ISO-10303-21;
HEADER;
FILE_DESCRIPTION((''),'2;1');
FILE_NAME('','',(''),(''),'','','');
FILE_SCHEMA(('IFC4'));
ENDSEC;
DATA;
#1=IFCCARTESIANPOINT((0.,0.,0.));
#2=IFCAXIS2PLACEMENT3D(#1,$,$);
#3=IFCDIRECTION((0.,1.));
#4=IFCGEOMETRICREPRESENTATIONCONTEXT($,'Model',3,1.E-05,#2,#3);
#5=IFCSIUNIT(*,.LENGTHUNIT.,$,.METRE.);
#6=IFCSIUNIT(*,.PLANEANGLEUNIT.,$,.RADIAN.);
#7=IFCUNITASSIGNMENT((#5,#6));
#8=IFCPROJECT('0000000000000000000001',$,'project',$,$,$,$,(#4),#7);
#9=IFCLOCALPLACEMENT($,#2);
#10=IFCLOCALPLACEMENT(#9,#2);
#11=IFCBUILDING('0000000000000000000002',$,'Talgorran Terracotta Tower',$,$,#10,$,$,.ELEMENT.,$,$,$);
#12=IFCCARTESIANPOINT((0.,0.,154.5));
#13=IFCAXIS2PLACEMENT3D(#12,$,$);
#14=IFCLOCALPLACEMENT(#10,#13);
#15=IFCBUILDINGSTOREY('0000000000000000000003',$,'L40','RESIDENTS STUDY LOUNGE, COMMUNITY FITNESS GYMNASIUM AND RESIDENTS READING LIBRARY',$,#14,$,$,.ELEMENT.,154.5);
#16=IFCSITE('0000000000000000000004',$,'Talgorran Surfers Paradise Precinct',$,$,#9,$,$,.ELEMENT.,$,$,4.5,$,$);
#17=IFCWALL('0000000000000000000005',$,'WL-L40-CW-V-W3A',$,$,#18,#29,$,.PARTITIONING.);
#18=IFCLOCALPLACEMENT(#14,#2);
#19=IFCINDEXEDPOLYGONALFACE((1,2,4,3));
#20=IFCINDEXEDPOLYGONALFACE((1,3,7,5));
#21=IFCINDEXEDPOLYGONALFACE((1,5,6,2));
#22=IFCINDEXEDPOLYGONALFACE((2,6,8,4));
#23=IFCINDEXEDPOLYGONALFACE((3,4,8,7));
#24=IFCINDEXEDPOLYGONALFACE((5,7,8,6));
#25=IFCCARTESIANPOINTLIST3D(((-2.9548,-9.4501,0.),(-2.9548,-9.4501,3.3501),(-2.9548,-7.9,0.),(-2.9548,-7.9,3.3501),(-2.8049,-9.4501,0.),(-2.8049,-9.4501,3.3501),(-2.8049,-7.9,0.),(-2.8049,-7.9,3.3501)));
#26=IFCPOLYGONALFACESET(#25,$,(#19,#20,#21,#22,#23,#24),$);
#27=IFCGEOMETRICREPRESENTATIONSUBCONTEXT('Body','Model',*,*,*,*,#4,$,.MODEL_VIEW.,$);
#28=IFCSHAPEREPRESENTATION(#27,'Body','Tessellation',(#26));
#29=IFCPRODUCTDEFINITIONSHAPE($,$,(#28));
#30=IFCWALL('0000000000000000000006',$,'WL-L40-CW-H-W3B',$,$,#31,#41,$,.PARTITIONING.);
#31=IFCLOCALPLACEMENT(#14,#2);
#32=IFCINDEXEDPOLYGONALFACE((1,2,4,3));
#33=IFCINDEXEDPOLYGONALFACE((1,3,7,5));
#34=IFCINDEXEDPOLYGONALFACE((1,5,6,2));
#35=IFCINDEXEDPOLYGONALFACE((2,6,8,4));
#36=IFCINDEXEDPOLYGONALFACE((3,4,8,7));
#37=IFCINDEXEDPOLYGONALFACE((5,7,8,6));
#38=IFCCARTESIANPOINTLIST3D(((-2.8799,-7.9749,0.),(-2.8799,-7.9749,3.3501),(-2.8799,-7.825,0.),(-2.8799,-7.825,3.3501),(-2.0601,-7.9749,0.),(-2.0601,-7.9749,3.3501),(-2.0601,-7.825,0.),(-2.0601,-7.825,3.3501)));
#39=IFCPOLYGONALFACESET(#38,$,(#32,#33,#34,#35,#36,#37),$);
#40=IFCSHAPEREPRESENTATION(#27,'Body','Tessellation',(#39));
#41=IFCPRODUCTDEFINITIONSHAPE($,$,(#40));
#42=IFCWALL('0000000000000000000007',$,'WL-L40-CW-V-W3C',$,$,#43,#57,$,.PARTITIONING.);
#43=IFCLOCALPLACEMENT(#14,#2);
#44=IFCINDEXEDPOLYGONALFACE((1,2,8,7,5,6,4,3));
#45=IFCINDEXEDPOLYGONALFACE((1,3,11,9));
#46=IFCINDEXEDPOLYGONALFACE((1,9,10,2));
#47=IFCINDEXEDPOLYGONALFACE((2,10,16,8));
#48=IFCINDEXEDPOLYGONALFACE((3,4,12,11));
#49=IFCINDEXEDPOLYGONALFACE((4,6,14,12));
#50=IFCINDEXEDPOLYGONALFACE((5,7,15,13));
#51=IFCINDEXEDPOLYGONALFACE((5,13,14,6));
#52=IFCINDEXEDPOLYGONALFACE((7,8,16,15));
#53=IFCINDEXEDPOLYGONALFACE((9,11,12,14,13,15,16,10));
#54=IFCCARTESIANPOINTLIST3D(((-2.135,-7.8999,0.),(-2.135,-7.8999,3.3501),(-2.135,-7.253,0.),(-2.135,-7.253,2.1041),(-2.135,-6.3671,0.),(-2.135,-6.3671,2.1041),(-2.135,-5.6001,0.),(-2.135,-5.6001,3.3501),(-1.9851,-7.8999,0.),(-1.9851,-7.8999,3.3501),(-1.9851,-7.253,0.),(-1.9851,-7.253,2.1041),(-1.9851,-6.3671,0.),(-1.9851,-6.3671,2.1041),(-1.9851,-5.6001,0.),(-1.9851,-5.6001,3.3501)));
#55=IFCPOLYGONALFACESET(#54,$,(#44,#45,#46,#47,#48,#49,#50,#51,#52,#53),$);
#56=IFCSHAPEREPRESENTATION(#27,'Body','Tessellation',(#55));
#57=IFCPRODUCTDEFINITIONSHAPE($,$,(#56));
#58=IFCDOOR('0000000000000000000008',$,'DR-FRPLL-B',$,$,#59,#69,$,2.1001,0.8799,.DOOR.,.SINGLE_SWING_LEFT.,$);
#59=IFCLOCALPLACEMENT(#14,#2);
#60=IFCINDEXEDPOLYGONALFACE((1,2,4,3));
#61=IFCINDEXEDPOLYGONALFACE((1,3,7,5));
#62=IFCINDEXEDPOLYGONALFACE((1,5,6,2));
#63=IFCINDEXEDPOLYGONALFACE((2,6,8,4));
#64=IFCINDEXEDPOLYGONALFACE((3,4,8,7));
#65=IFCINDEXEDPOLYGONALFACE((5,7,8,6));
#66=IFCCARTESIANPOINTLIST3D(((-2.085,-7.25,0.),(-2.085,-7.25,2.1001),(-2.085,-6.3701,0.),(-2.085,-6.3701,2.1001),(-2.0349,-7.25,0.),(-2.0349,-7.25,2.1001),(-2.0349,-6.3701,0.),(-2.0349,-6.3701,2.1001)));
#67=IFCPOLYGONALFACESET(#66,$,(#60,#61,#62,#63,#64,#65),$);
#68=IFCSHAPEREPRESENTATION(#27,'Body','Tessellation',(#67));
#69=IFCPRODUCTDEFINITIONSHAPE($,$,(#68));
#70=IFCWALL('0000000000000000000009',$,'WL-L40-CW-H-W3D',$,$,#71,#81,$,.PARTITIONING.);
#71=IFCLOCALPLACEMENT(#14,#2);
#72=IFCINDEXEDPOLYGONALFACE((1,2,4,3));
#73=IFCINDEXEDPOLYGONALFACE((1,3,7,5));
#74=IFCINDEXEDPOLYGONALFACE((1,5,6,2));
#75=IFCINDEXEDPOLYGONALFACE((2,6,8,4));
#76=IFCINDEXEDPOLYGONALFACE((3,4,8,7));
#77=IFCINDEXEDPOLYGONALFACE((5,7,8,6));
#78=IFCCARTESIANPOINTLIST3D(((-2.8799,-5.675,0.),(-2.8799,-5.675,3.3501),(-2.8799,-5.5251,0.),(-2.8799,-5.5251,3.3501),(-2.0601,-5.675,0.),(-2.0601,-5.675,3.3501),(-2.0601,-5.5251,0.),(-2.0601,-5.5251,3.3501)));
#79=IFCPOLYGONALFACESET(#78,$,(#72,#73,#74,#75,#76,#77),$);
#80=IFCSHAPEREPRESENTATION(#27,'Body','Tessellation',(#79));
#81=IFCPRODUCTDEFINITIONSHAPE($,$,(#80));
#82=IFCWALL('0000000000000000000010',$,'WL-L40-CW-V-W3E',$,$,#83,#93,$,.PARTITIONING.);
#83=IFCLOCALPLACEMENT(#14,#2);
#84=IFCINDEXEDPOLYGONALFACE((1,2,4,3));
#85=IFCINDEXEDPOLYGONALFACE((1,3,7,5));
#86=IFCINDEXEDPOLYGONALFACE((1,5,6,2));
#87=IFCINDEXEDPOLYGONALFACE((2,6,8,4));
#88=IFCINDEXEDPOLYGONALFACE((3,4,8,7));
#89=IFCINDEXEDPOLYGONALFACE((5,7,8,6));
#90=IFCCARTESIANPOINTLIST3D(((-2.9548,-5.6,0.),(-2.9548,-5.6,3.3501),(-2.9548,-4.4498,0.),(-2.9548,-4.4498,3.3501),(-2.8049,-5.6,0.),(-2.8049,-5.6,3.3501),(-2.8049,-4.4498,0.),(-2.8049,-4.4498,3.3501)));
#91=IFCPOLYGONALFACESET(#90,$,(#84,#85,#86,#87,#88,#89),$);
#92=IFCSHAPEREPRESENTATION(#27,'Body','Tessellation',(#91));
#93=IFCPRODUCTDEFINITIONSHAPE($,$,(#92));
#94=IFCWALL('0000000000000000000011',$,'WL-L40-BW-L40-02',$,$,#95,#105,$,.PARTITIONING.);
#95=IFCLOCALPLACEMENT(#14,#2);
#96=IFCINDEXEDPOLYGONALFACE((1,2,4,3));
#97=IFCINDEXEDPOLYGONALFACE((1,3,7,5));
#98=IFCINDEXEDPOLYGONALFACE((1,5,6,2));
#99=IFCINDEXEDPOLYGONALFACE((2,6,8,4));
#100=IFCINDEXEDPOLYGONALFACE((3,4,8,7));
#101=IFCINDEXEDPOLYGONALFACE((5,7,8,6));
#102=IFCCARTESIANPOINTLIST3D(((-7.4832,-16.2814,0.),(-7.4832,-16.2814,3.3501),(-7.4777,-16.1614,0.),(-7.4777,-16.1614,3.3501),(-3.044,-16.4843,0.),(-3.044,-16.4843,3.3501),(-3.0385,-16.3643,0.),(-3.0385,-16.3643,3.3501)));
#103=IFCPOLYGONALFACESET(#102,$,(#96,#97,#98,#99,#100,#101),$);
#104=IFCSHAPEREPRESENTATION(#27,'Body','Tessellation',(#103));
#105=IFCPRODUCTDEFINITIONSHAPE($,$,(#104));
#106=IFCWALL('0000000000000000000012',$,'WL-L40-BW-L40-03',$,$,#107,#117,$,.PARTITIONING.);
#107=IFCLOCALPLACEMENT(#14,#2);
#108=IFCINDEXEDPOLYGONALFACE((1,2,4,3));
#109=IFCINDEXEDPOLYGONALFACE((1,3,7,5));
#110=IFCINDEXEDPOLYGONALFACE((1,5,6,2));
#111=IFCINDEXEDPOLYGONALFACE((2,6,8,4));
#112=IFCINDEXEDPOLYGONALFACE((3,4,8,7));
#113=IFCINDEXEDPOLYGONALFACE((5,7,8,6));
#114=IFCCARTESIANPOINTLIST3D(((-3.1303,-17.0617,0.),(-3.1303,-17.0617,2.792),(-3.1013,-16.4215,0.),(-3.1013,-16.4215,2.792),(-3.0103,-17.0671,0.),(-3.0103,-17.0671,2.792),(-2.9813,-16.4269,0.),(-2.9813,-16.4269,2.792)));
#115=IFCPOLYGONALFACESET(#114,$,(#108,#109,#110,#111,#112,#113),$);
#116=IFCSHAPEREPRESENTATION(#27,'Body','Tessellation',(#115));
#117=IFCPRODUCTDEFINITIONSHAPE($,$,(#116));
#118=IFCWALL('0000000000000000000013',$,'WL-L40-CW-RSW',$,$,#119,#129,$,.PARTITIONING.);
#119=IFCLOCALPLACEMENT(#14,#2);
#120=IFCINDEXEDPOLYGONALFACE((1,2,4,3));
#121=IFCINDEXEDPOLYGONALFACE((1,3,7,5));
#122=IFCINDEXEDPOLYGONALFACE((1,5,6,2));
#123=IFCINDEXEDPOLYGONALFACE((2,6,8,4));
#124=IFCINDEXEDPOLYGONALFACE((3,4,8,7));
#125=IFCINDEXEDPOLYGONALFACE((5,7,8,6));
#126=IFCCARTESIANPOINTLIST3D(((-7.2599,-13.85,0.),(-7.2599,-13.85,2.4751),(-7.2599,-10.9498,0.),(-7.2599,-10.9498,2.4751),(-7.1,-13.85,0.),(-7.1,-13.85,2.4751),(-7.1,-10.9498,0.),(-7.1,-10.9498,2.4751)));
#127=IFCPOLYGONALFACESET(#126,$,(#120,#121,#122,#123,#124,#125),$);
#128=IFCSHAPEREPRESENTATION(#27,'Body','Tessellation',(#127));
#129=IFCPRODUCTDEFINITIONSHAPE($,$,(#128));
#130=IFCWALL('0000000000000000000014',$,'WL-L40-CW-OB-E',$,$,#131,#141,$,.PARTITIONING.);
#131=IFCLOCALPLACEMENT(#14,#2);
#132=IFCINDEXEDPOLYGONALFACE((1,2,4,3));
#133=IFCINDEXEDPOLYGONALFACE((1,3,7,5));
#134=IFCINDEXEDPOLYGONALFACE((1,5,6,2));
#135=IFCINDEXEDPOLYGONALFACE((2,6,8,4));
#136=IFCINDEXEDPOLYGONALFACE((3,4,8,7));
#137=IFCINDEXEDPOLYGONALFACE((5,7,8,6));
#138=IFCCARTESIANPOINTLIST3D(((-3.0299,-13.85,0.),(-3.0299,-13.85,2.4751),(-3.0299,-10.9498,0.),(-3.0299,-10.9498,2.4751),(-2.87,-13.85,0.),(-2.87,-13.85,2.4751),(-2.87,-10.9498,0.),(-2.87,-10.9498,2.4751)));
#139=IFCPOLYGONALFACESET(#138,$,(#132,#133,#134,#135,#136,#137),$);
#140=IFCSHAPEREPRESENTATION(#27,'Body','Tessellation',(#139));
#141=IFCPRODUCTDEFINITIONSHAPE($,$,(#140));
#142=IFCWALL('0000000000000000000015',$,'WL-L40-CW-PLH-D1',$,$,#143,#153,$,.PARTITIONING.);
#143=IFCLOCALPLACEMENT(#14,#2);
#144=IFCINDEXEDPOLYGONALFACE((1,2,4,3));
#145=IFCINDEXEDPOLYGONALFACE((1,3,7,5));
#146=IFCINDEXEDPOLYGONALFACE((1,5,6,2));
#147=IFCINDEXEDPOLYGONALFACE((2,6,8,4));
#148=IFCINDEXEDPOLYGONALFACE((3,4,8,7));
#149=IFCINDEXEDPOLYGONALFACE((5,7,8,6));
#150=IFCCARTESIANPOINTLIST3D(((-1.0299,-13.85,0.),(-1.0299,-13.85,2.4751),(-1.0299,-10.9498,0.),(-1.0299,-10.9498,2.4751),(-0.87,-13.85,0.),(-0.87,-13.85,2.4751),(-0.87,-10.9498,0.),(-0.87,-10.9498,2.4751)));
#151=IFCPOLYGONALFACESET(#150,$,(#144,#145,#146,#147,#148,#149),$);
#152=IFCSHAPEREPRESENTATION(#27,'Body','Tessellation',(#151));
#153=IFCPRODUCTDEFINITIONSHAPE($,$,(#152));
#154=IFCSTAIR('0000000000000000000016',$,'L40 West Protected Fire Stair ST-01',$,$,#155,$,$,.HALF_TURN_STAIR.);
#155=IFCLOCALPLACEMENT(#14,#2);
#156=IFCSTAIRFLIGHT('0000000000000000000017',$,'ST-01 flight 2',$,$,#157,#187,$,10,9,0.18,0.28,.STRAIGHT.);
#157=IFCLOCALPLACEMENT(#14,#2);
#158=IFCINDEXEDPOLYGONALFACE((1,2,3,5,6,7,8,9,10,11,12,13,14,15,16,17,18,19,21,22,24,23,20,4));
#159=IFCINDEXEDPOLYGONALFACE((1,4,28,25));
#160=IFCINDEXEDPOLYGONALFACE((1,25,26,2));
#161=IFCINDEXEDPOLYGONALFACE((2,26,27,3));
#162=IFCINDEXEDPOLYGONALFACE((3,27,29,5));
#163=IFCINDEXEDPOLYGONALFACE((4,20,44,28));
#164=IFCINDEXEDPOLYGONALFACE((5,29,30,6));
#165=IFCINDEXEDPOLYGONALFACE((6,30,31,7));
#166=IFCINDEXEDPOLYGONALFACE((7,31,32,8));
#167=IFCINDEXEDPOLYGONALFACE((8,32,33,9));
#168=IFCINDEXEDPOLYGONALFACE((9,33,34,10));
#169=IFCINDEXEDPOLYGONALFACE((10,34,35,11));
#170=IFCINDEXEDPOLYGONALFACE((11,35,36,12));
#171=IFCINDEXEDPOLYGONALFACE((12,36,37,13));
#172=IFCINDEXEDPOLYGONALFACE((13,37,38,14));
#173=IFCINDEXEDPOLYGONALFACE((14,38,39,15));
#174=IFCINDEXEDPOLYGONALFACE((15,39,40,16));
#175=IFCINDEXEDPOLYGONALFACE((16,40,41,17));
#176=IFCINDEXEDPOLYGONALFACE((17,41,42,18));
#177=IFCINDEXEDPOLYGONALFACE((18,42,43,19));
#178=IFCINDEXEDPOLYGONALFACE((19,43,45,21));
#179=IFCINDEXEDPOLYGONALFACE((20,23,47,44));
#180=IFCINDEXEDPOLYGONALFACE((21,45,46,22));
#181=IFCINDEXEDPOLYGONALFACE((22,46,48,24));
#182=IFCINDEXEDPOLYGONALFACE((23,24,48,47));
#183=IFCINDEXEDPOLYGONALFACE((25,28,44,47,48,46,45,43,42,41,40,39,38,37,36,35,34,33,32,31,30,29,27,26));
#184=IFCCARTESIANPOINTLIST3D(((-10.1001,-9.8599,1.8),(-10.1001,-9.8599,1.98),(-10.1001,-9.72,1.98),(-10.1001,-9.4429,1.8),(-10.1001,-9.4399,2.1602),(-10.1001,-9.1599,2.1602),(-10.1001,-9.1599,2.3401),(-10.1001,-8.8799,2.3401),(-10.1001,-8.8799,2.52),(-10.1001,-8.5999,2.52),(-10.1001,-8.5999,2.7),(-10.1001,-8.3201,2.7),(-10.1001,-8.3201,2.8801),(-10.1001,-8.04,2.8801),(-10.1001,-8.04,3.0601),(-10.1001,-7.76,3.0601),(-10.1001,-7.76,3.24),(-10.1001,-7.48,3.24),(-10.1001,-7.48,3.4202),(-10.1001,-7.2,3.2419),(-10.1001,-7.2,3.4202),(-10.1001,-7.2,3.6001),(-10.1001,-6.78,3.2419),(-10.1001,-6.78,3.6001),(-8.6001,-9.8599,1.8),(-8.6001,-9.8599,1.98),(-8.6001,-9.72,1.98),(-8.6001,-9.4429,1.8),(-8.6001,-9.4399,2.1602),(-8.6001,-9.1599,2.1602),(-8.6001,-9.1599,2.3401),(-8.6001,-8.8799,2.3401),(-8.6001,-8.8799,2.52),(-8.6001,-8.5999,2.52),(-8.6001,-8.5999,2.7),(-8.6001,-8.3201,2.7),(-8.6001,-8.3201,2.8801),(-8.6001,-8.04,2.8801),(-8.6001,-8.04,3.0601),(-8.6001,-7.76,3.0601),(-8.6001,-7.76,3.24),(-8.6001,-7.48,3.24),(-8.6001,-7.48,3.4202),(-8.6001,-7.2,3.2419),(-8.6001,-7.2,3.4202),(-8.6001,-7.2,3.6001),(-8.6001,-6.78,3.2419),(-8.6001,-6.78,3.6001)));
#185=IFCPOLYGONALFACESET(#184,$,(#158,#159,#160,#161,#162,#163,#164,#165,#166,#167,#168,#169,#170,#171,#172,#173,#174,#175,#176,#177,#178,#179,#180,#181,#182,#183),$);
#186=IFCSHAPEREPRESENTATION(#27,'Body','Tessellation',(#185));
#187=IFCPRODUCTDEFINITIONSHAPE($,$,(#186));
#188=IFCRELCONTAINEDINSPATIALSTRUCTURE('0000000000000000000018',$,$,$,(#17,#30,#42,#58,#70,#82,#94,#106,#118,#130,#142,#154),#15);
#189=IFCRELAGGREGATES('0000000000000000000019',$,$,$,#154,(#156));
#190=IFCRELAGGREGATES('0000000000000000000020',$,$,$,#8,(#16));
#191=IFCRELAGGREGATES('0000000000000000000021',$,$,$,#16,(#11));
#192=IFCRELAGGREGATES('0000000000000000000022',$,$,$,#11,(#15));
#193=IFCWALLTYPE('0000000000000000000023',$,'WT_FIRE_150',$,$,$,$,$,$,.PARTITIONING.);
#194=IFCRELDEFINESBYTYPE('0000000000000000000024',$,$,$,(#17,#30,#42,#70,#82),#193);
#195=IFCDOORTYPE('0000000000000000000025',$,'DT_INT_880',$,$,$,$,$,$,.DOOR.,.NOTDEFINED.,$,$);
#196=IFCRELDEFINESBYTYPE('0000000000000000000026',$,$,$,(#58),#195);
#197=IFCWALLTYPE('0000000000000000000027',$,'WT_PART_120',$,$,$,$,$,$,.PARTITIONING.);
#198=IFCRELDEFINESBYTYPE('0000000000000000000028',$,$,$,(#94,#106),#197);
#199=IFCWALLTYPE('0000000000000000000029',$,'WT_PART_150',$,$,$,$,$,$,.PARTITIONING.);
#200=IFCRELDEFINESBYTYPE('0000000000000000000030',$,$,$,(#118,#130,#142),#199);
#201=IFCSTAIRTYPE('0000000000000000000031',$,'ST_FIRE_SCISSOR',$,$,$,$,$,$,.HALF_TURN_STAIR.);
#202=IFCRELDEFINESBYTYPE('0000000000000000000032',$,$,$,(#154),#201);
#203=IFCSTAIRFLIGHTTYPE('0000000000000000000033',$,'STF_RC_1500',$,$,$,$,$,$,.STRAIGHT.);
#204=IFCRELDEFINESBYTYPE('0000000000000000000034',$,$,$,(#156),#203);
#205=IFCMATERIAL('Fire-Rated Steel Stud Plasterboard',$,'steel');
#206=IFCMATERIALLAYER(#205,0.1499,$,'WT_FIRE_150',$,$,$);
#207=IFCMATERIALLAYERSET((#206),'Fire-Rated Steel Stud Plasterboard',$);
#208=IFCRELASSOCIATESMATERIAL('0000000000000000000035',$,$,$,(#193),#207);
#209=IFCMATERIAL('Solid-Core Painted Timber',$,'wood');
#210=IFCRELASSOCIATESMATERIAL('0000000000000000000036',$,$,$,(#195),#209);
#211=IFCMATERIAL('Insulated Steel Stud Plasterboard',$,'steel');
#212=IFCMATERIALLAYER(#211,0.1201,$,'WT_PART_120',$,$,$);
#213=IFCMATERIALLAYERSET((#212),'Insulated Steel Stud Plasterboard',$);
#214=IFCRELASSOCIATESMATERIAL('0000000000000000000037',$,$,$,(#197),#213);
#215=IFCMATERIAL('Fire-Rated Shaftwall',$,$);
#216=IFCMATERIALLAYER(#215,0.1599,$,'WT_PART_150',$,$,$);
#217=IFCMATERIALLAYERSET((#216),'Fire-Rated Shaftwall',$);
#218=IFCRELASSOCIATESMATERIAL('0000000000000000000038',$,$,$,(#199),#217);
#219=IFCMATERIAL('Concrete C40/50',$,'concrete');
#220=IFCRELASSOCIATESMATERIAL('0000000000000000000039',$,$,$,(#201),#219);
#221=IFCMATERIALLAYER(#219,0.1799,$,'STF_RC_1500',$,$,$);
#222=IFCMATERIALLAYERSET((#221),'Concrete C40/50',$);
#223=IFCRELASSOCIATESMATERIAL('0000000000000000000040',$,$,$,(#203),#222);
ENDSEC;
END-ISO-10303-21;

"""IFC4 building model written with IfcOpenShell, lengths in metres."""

from ifc_helpers import new_model, si_unit, direction, frame, frame_2d, origin, place, context, subcontext, project, spatial, polyline, rectangle, outline, extrude, material, layer, layer_set, type_object, element, fill, aggregate, save


model = new_model("IFC4")

# Units and contexts
model_context = context("Model", 3, precision=1e-05, world=origin(), true_north=direction((0.0, 1.0)))
body_context = subcontext(model_context, "Body", "Model", "MODEL_VIEW")
ifc_project = project(units=[si_unit("LENGTHUNIT", "METRE"), si_unit("PLANEANGLEUNIT", "RADIAN")], contexts=[model_context])

# Site, building, storey
site_placement = place(None, origin())
site = spatial("IfcSite", under=ifc_project, at=site_placement, Name="Talgorran Surfers Paradise Precinct", CompositionType="ELEMENT", RefElevation=4.5)
building_placement = place(site_placement, origin())
building = spatial("IfcBuilding", under=site, at=building_placement, Name="Talgorran Terracotta Tower", CompositionType="ELEMENT")
storey_placement = place(building_placement, frame((0.0, 0.0, 154.5)))
storey = spatial("IfcBuildingStorey", under=building, at=storey_placement, Name="L40", Description="RESIDENTS STUDY LOUNGE, COMMUNITY FITNESS GYMNASIUM AND RESIDENTS READING LIBRARY", CompositionType="ELEMENT", Elevation=154.5)

# Walls
ifc_material_1 = material(Name="Fire-Rated Steel Stud Plasterboard", Category="steel")
ifc_layer_1 = layer(ifc_material_1, 0.1499, Name="WT_FIRE_150")
ifc_layer_set_1 = layer_set([ifc_layer_1], Name="Fire-Rated Steel Stud Plasterboard")
wall_type_1 = type_object("IfcWallType", Name="WT_FIRE_150", PredefinedType="PARTITIONING", material=ifc_layer_set_1)
wall_1_placement = place(storey_placement, frame((-2.8799, -9.45, 0.0), z_axis=(0.0, 0.0, 1.0), x_axis=(0.0, 1.0, 0.0)))
element("IfcWall", 1, at=wall_1_placement, inside=storey, type_object=wall_type_1, Name="WL-L40-CW-V-W3A", PredefinedType="PARTITIONING", context=body_context, shape_type="SweptSolid", body=[
    extrude(rectangle(XDim=1.55, YDim=0.1499, at=frame_2d((0.7749, 0.0))), origin(), (0.0, 0.0, 1.0), 3.3501),
])
wall_2_placement = place(storey_placement, frame((-2.8799, -7.8999, 0.0), z_axis=(0.0, 0.0, 1.0), x_axis=(1.0, 0.0, 0.0)))
element("IfcWall", 2, at=wall_2_placement, inside=storey, type_object=wall_type_1, Name="WL-L40-CW-H-W3B", PredefinedType="PARTITIONING", context=body_context, shape_type="SweptSolid", body=[
    extrude(rectangle(XDim=0.8198, YDim=0.1499, at=frame_2d((0.4099, 0.0))), origin(), (0.0, 0.0, 1.0), 3.3501),
])

# Wall, opening, door
wall_3_placement = place(storey_placement, frame((-2.0601, -7.8999, 0.0), z_axis=(0.0, 0.0, 1.0), x_axis=(0.0, 1.0, 0.0)))
wall_3 = element("IfcWall", 3, at=wall_3_placement, inside=storey, type_object=wall_type_1, Name="WL-L40-CW-V-W3C", PredefinedType="PARTITIONING", context=body_context, shape_type="SweptSolid", body=[
    extrude(rectangle(XDim=2.2998, YDim=0.1499, at=frame_2d((1.1499, 0.0))), origin(), (0.0, 0.0, 1.0), 3.3501),
])
opening_1_placement = place(wall_3_placement, frame((0.6499, 0.0, 0.0)))
opening_1 = element("IfcOpeningElement", 4, at=opening_1_placement, cuts=wall_3, PredefinedType="OPENING", context=body_context, shape_type="SweptSolid", body=[
    extrude(rectangle(XDim=0.8859, YDim=2.1041, at=frame_2d((0.4399, 1.052))), frame((0.0, 0.085, 0.0), z_axis=(0.0, -1.0, 0.0), x_axis=(1.0, 0.0, 0.0)), (0.0, 0.0, 1.0), 0.1699),
])
ifc_material_2 = material(Name="Solid-Core Painted Timber", Category="wood")
door_type_1 = type_object("IfcDoorType", Name="DT_INT_880", OperationType="NOTDEFINED", PredefinedType="DOOR", material=ifc_material_2)
door_1_placement = place(opening_1_placement, origin())
door_1 = element("IfcDoor", 5, at=door_1_placement, inside=storey, type_object=door_type_1, Name="DR-FRPLL-B", OperationType="SINGLE_SWING_LEFT", OverallHeight=2.1001, OverallWidth=0.8799, PredefinedType="DOOR", context=body_context, shape_type="SweptSolid", body=[
    extrude(rectangle(XDim=0.8799, YDim=2.1001, at=frame_2d((0.4399, 1.05))), frame((0.0, 0.0249, 0.0), z_axis=(0.0, -1.0, 0.0), x_axis=(1.0, 0.0, 0.0)), (0.0, 0.0, 1.0), 0.05),
])
fill(opening_1, door_1)

# Walls
wall_4_placement = place(storey_placement, frame((-2.8799, -5.6001, 0.0), z_axis=(0.0, 0.0, 1.0), x_axis=(1.0, 0.0, 0.0)))
element("IfcWall", 6, at=wall_4_placement, inside=storey, type_object=wall_type_1, Name="WL-L40-CW-H-W3D", PredefinedType="PARTITIONING", context=body_context, shape_type="SweptSolid", body=[
    extrude(rectangle(XDim=0.8198, YDim=0.1499, at=frame_2d((0.4099, 0.0))), origin(), (0.0, 0.0, 1.0), 3.3501),
])
wall_5_placement = place(storey_placement, frame((-2.8799, -5.6001, 0.0), z_axis=(0.0, 0.0, 1.0), x_axis=(0.0, 1.0, 0.0)))
element("IfcWall", 7, at=wall_5_placement, inside=storey, type_object=wall_type_1, Name="WL-L40-CW-V-W3E", PredefinedType="PARTITIONING", context=body_context, shape_type="SweptSolid", body=[
    extrude(rectangle(XDim=1.1501, YDim=0.1499, at=frame_2d((0.5752, 0.0))), origin(), (0.0, 0.0, 1.0), 3.3501),
])
ifc_material_3 = material(Name="Insulated Steel Stud Plasterboard", Category="steel")
ifc_layer_2 = layer(ifc_material_3, 0.1201, Name="WT_PART_120")
ifc_layer_set_2 = layer_set([ifc_layer_2], Name="Insulated Steel Stud Plasterboard")
wall_type_2 = type_object("IfcWallType", Name="WT_PART_120", PredefinedType="PARTITIONING", material=ifc_layer_set_2)
wall_6_placement = place(storey_placement, frame((-7.4805, -16.2214, 0.0), z_axis=(0.0, 0.0, 1.0), x_axis=(0.998957, -0.045654, 0.0)))
element("IfcWall", 8, at=wall_6_placement, inside=storey, type_object=wall_type_2, Name="WL-L40-BW-L40-02", PredefinedType="PARTITIONING", context=body_context, shape_type="SweptSolid", body=[
    extrude(rectangle(XDim=4.4438, YDim=0.1201, at=frame_2d((2.2219, 0.0))), origin(), (0.0, 0.0, 1.0), 3.3501),
])
wall_7_placement = place(storey_placement, frame((-3.0413, -16.4243, 0.0), z_axis=(0.0, 0.0, 1.0), x_axis=(-0.045339, -0.998972, 0.0)))
element("IfcWall", 9, at=wall_7_placement, inside=storey, type_object=wall_type_2, Name="WL-L40-BW-L40-03", PredefinedType="PARTITIONING", context=body_context, shape_type="SweptSolid", body=[
    extrude(rectangle(XDim=0.6409, YDim=0.1201, at=frame_2d((0.3203, 0.0))), origin(), (0.0, 0.0, 1.0), 2.792),
])
ifc_material_4 = material(Name="Fire-Rated Shaftwall")
ifc_layer_3 = layer(ifc_material_4, 0.1599, Name="WT_PART_150")
ifc_layer_set_3 = layer_set([ifc_layer_3], Name="Fire-Rated Shaftwall")
wall_type_3 = type_object("IfcWallType", Name="WT_PART_150", PredefinedType="PARTITIONING", material=ifc_layer_set_3)
for number, where, z_axis, x_axis, name in (
    (10, (-7.1799, -13.8501, 0.0), (0.0, 0.0, 1.0), (0.0, 1.0, 0.0), "WL-L40-CW-RSW"),
    (11, (-2.95, -13.8501, 0.0), (0.0, 0.0, 1.0), (0.0, 1.0, 0.0), "WL-L40-CW-OB-E"),
    (12, (-0.95, -13.8501, 0.0), (0.0, 0.0, 1.0), (0.0, 1.0, 0.0), "WL-L40-CW-PLH-D1"),
):
    element("IfcWall", number, at=place(storey_placement, frame(where, z_axis=z_axis, x_axis=x_axis)), inside=storey, type_object=wall_type_3, Name=name, PredefinedType="PARTITIONING", context=body_context, shape_type="SweptSolid", body=[
        extrude(rectangle(XDim=2.9001, YDim=0.1599, at=frame_2d((1.4502, 0.0))), origin(), (0.0, 0.0, 1.0), 2.4751),
    ])

# Stair, stair flight
ifc_material_5 = material(Name="Concrete C40/50", Category="concrete")
stair_type = type_object("IfcStairType", Name="ST_FIRE_SCISSOR", PredefinedType="HALF_TURN_STAIR", material=ifc_material_5)
stair_placement = place(storey_placement, origin())
stair = element("IfcStair", 13, at=stair_placement, inside=storey, type_object=stair_type, Name="L40 West Protected Fire Stair ST-01", PredefinedType="HALF_TURN_STAIR")
ifc_layer_4 = layer(ifc_material_5, 0.1799, Name="STF_RC_1500")
ifc_layer_set_4 = layer_set([ifc_layer_4], Name="Concrete C40/50")
stair_flight_type = type_object("IfcStairFlightType", Name="STF_RC_1500", PredefinedType="STRAIGHT", material=ifc_layer_set_4)
stair_flight_placement = place(storey_placement, frame((-9.3501, -9.72, 1.8), z_axis=(0.0, 0.0, 1.0), x_axis=(0.0, 1.0, 0.0)))
stair_flight = element("IfcStairFlight", 14, at=stair_flight_placement, type_object=stair_flight_type, Name="ST-01 flight 2", NumberOfRisers=10, NumberOfTreads=9, PredefinedType="STRAIGHT", RiserHeight=0.18, TreadLength=0.28, context=body_context, shape_type="SweptSolid", body=[
    extrude(outline(polyline([(-0.1399, 0.0), (-0.1399, 0.1799), (0.0, 0.1799), (0.28, 0.3601), (0.5601, 0.3601), (0.5601, 0.54), (0.8401, 0.54), (0.8401, 0.72), (1.1201, 0.72), (1.1201, 0.8999), (1.3999, 0.8999), (1.3999, 1.0801), (1.6799, 1.0801), (1.6799, 1.26), (1.96, 1.26), (1.96, 1.4399), (2.24, 1.4399), (2.24, 1.6201), (2.52, 1.6201), (2.52, 1.8), (2.9399, 1.8), (2.9399, 1.4419), (2.52, 1.4419), (0.2771, 0.0), (-0.1399, 0.0)])), frame((0.0, 0.75, 0.0), z_axis=(0.0, -1.0, 0.0), x_axis=(1.0, 0.0, 0.0)), (0.0, 0.0, 1.0), 1.5),
])
aggregate(stair, [stair_flight])

save(model, "model.ifc")
